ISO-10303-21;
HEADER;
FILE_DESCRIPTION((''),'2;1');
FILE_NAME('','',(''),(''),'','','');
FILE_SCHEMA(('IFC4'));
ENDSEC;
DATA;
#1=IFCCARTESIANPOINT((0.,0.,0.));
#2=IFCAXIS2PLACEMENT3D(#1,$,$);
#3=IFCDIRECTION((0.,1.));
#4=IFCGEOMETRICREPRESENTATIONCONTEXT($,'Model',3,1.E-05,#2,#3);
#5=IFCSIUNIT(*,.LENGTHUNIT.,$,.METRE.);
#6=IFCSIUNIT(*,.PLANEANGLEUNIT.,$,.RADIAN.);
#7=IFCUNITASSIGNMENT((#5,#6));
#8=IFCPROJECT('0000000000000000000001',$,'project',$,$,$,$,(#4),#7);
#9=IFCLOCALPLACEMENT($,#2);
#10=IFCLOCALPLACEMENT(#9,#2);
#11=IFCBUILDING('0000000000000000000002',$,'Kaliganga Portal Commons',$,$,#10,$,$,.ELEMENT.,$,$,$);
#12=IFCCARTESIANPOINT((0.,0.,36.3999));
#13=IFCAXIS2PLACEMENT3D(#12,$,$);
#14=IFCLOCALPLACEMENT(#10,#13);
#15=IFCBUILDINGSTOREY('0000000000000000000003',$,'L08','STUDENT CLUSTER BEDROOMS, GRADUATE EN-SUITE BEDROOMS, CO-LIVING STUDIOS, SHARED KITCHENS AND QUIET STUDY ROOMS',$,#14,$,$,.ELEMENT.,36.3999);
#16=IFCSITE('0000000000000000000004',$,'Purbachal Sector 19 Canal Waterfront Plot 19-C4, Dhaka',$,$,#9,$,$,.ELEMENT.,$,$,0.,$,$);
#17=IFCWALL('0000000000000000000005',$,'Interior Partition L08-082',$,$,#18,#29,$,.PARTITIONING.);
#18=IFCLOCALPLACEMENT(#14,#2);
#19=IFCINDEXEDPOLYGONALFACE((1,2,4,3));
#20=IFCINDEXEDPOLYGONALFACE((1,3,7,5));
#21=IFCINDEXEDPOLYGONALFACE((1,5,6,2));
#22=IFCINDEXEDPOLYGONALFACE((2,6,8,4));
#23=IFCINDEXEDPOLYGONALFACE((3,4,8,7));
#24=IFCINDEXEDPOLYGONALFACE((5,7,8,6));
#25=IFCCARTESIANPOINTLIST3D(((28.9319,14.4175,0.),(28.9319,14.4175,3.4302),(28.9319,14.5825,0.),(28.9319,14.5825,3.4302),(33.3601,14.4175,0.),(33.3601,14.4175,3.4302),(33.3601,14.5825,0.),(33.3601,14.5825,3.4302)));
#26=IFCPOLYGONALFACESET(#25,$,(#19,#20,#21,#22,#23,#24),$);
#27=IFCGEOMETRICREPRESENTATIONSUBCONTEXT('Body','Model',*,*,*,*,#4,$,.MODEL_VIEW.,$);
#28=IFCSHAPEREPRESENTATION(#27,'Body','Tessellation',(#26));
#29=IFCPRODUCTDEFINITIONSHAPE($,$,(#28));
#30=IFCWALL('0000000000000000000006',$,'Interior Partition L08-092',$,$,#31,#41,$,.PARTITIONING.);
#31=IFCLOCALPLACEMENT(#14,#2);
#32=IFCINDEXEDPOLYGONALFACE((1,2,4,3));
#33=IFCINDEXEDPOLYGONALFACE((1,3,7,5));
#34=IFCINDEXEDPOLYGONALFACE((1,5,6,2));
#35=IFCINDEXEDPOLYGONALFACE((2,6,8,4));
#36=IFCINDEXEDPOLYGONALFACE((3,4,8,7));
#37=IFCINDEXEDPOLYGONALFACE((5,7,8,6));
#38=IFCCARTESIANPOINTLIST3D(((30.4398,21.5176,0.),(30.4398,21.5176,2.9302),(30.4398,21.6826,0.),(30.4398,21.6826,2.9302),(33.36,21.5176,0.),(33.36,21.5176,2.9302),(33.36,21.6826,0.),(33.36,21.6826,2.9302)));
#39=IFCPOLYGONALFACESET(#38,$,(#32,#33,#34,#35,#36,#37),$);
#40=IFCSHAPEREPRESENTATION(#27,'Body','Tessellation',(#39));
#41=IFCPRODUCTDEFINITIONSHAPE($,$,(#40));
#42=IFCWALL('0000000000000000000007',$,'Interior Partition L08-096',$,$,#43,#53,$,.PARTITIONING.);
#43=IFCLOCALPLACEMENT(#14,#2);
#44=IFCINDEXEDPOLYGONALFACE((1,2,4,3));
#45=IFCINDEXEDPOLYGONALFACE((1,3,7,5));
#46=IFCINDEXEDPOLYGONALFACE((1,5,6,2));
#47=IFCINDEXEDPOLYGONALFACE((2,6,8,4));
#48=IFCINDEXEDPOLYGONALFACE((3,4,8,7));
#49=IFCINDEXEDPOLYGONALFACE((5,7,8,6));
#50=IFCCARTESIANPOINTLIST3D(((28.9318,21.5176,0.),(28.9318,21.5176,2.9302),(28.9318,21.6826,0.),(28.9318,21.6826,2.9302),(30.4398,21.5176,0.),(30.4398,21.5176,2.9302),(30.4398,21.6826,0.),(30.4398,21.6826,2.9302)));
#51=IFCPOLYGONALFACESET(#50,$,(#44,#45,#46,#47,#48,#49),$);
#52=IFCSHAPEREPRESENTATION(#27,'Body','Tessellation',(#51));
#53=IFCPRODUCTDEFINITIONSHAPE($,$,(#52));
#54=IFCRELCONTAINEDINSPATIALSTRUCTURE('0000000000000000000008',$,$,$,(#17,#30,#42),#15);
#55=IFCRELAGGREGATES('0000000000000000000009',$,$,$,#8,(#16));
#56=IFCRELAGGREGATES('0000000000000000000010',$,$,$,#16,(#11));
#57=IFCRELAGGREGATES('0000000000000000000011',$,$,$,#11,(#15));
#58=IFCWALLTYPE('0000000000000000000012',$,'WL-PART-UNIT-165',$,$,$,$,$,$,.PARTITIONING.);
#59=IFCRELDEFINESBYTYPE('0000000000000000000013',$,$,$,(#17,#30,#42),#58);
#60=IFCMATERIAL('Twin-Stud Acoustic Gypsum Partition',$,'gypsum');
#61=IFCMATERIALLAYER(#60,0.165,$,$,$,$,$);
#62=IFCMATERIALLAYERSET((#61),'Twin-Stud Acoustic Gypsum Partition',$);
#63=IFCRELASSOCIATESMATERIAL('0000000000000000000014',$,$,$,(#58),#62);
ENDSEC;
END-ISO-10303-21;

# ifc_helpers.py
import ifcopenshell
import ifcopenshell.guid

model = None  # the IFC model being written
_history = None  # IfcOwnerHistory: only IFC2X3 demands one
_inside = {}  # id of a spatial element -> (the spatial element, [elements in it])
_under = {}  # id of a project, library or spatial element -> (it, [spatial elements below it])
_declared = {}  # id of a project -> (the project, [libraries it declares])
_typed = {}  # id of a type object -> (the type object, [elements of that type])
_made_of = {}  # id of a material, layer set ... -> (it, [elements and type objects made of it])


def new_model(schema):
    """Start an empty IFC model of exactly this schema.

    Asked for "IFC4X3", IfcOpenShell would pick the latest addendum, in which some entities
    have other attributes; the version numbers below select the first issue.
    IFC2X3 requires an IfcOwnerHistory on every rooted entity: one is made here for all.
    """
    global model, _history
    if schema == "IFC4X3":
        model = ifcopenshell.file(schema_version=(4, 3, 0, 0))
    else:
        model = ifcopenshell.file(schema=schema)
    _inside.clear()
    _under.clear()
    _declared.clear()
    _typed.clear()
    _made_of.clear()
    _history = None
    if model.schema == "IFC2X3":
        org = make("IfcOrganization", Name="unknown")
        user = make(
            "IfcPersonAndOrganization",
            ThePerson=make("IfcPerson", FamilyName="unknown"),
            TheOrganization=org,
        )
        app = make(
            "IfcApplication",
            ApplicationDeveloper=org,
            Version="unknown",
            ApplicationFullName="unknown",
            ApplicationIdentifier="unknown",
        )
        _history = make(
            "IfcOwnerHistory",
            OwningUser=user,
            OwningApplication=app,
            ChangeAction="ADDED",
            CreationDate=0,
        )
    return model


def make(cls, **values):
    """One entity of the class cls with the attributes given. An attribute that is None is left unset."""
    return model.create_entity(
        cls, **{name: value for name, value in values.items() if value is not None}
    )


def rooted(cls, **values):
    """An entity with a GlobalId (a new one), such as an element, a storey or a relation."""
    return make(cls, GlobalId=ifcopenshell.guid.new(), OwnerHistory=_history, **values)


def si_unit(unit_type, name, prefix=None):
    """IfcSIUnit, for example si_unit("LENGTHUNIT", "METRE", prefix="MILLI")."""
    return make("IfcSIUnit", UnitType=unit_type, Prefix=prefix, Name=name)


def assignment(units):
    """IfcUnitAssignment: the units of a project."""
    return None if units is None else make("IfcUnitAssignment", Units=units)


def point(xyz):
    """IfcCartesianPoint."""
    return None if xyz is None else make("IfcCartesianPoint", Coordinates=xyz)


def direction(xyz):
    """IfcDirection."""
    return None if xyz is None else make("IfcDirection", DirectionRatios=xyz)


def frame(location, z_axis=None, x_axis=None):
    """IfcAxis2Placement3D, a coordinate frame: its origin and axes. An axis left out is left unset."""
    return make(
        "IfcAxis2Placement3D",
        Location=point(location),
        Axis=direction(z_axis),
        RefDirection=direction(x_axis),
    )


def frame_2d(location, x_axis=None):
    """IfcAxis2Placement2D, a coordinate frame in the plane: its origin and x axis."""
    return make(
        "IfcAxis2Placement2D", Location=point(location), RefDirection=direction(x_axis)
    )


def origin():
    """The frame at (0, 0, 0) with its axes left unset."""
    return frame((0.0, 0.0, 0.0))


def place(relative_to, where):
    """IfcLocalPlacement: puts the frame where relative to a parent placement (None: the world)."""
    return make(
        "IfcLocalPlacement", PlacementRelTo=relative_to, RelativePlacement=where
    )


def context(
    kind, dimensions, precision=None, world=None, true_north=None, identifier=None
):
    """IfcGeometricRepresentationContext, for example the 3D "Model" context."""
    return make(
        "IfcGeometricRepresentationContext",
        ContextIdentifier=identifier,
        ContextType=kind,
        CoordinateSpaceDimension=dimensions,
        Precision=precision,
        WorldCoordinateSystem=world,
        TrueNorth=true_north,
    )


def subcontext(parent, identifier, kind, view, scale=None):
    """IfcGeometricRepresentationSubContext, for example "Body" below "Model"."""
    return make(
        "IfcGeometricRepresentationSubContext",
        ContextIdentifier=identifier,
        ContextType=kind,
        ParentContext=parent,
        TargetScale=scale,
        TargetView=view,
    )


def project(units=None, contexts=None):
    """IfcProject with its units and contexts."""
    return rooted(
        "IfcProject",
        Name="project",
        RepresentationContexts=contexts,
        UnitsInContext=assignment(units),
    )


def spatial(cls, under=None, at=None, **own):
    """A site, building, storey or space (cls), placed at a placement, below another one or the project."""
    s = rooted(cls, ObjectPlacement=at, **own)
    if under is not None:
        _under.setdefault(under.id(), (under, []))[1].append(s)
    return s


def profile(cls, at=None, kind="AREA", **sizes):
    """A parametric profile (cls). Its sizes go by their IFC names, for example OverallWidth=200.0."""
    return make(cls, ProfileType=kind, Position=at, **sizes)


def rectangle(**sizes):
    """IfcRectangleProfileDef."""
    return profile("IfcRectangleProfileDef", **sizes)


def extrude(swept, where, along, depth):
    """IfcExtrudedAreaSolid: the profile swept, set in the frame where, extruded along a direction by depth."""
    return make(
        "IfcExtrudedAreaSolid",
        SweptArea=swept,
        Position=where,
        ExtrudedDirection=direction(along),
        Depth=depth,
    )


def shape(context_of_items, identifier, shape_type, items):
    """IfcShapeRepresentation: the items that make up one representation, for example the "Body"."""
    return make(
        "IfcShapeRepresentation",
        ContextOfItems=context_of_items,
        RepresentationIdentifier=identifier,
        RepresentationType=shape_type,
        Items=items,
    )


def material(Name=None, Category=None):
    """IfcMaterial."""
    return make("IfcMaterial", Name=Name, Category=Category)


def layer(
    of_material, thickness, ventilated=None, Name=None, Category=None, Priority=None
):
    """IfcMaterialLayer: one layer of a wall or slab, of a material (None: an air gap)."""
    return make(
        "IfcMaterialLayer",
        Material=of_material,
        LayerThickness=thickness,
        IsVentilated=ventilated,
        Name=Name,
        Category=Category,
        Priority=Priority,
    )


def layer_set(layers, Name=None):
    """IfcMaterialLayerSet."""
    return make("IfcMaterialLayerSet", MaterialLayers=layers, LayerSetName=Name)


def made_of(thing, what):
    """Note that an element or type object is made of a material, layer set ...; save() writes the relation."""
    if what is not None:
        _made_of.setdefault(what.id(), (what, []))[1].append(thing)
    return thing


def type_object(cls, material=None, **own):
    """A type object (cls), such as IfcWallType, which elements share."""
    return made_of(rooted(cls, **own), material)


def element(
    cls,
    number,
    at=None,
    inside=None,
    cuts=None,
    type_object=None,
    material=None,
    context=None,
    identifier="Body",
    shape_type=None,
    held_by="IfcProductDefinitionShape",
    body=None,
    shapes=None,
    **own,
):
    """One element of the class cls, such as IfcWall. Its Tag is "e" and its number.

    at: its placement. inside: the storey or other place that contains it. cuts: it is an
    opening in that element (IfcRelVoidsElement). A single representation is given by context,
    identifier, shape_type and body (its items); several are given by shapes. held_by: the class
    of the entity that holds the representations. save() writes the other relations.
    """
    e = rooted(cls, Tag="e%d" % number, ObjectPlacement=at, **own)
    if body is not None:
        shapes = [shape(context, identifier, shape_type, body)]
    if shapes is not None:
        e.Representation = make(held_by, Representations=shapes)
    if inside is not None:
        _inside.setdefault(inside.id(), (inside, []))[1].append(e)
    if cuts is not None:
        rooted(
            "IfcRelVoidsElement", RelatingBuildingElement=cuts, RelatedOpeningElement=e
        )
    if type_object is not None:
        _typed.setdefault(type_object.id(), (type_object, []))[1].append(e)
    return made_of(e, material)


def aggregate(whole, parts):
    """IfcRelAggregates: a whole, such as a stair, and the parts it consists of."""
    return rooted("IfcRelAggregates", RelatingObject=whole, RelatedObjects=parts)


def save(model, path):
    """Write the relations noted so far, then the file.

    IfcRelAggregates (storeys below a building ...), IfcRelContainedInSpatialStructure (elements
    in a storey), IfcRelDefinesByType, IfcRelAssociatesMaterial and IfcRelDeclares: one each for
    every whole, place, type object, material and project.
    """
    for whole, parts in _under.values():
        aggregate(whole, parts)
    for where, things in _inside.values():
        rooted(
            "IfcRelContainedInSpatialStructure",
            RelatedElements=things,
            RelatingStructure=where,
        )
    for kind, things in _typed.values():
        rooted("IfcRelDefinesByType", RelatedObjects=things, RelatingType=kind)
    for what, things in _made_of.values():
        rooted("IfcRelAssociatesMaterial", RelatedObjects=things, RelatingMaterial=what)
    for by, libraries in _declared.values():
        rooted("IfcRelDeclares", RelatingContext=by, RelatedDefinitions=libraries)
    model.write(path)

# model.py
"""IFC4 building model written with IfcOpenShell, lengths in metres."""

from ifc_helpers import new_model, si_unit, direction, frame, frame_2d, origin, place, context, subcontext, project, spatial, rectangle, extrude, material, layer, layer_set, type_object, element, save


model = new_model("IFC4")

# Units and contexts
model_context = context("Model", 3, precision=1e-05, world=origin(), true_north=direction((0.0, 1.0)))
body_context = subcontext(model_context, "Body", "Model", "MODEL_VIEW")
ifc_project = project(units=[si_unit("LENGTHUNIT", "METRE"), si_unit("PLANEANGLEUNIT", "RADIAN")], contexts=[model_context])

# Site, building, storey
site_placement = place(None, origin())
site = spatial("IfcSite", under=ifc_project, at=site_placement, Name="Purbachal Sector 19 Canal Waterfront Plot 19-C4, Dhaka", CompositionType="ELEMENT", RefElevation=0.0)
building_placement = place(site_placement, origin())
building = spatial("IfcBuilding", under=site, at=building_placement, Name="Kaliganga Portal Commons", CompositionType="ELEMENT")
storey_placement = place(building_placement, frame((0.0, 0.0, 36.3999)))
storey = spatial("IfcBuildingStorey", under=building, at=storey_placement, Name="L08", Description="STUDENT CLUSTER BEDROOMS, GRADUATE EN-SUITE BEDROOMS, CO-LIVING STUDIOS, SHARED KITCHENS AND QUIET STUDY ROOMS", CompositionType="ELEMENT", Elevation=36.3999)

# Walls
ifc_material_1 = material(Name="Twin-Stud Acoustic Gypsum Partition", Category="gypsum")
ifc_layer_1 = layer(ifc_material_1, 0.165)
ifc_layer_set_1 = layer_set([ifc_layer_1], Name="Twin-Stud Acoustic Gypsum Partition")
wall_type_1 = type_object("IfcWallType", Name="WL-PART-UNIT-165", PredefinedType="PARTITIONING", material=ifc_layer_set_1)
wall_1_placement = place(storey_placement, frame((28.9319, 14.5, 0.0), z_axis=(0.0, 0.0, 1.0), x_axis=(1.0, 0.0, 0.0)))
element("IfcWall", 1, at=wall_1_placement, inside=storey, type_object=wall_type_1, Name="Interior Partition L08-082", PredefinedType="PARTITIONING", context=body_context, shape_type="SweptSolid", body=[
    extrude(rectangle(XDim=4.4282, YDim=0.165, at=frame_2d((2.2141, 0.0))), origin(), (0.0, 0.0, 1.0), 3.4302),
])
wall_2_placement = place(storey_placement, frame((30.4399, 21.6001, 0.0), z_axis=(0.0, 0.0, 1.0), x_axis=(1.0, 0.0, 0.0)))
element("IfcWall", 2, at=wall_2_placement, inside=storey, type_object=wall_type_1, Name="Interior Partition L08-092", PredefinedType="PARTITIONING", context=body_context, shape_type="SweptSolid", body=[
    extrude(rectangle(XDim=2.9202, YDim=0.165, at=frame_2d((1.46, 0.0))), origin(), (0.0, 0.0, 1.0), 2.9302),
])
wall_3_placement = place(storey_placement, frame((28.9319, 21.6001, 0.0), z_axis=(0.0, 0.0, 1.0), x_axis=(1.0, 0.0, 0.0)))
element("IfcWall", 3, at=wall_3_placement, inside=storey, type_object=wall_type_1, Name="Interior Partition L08-096", PredefinedType="PARTITIONING", context=body_context, shape_type="SweptSolid", body=[
    extrude(rectangle(XDim=1.5081, YDim=0.165, at=frame_2d((0.7539, 0.0))), origin(), (0.0, 0.0, 1.0), 2.9302),
])

save(model, "model.ifc")
